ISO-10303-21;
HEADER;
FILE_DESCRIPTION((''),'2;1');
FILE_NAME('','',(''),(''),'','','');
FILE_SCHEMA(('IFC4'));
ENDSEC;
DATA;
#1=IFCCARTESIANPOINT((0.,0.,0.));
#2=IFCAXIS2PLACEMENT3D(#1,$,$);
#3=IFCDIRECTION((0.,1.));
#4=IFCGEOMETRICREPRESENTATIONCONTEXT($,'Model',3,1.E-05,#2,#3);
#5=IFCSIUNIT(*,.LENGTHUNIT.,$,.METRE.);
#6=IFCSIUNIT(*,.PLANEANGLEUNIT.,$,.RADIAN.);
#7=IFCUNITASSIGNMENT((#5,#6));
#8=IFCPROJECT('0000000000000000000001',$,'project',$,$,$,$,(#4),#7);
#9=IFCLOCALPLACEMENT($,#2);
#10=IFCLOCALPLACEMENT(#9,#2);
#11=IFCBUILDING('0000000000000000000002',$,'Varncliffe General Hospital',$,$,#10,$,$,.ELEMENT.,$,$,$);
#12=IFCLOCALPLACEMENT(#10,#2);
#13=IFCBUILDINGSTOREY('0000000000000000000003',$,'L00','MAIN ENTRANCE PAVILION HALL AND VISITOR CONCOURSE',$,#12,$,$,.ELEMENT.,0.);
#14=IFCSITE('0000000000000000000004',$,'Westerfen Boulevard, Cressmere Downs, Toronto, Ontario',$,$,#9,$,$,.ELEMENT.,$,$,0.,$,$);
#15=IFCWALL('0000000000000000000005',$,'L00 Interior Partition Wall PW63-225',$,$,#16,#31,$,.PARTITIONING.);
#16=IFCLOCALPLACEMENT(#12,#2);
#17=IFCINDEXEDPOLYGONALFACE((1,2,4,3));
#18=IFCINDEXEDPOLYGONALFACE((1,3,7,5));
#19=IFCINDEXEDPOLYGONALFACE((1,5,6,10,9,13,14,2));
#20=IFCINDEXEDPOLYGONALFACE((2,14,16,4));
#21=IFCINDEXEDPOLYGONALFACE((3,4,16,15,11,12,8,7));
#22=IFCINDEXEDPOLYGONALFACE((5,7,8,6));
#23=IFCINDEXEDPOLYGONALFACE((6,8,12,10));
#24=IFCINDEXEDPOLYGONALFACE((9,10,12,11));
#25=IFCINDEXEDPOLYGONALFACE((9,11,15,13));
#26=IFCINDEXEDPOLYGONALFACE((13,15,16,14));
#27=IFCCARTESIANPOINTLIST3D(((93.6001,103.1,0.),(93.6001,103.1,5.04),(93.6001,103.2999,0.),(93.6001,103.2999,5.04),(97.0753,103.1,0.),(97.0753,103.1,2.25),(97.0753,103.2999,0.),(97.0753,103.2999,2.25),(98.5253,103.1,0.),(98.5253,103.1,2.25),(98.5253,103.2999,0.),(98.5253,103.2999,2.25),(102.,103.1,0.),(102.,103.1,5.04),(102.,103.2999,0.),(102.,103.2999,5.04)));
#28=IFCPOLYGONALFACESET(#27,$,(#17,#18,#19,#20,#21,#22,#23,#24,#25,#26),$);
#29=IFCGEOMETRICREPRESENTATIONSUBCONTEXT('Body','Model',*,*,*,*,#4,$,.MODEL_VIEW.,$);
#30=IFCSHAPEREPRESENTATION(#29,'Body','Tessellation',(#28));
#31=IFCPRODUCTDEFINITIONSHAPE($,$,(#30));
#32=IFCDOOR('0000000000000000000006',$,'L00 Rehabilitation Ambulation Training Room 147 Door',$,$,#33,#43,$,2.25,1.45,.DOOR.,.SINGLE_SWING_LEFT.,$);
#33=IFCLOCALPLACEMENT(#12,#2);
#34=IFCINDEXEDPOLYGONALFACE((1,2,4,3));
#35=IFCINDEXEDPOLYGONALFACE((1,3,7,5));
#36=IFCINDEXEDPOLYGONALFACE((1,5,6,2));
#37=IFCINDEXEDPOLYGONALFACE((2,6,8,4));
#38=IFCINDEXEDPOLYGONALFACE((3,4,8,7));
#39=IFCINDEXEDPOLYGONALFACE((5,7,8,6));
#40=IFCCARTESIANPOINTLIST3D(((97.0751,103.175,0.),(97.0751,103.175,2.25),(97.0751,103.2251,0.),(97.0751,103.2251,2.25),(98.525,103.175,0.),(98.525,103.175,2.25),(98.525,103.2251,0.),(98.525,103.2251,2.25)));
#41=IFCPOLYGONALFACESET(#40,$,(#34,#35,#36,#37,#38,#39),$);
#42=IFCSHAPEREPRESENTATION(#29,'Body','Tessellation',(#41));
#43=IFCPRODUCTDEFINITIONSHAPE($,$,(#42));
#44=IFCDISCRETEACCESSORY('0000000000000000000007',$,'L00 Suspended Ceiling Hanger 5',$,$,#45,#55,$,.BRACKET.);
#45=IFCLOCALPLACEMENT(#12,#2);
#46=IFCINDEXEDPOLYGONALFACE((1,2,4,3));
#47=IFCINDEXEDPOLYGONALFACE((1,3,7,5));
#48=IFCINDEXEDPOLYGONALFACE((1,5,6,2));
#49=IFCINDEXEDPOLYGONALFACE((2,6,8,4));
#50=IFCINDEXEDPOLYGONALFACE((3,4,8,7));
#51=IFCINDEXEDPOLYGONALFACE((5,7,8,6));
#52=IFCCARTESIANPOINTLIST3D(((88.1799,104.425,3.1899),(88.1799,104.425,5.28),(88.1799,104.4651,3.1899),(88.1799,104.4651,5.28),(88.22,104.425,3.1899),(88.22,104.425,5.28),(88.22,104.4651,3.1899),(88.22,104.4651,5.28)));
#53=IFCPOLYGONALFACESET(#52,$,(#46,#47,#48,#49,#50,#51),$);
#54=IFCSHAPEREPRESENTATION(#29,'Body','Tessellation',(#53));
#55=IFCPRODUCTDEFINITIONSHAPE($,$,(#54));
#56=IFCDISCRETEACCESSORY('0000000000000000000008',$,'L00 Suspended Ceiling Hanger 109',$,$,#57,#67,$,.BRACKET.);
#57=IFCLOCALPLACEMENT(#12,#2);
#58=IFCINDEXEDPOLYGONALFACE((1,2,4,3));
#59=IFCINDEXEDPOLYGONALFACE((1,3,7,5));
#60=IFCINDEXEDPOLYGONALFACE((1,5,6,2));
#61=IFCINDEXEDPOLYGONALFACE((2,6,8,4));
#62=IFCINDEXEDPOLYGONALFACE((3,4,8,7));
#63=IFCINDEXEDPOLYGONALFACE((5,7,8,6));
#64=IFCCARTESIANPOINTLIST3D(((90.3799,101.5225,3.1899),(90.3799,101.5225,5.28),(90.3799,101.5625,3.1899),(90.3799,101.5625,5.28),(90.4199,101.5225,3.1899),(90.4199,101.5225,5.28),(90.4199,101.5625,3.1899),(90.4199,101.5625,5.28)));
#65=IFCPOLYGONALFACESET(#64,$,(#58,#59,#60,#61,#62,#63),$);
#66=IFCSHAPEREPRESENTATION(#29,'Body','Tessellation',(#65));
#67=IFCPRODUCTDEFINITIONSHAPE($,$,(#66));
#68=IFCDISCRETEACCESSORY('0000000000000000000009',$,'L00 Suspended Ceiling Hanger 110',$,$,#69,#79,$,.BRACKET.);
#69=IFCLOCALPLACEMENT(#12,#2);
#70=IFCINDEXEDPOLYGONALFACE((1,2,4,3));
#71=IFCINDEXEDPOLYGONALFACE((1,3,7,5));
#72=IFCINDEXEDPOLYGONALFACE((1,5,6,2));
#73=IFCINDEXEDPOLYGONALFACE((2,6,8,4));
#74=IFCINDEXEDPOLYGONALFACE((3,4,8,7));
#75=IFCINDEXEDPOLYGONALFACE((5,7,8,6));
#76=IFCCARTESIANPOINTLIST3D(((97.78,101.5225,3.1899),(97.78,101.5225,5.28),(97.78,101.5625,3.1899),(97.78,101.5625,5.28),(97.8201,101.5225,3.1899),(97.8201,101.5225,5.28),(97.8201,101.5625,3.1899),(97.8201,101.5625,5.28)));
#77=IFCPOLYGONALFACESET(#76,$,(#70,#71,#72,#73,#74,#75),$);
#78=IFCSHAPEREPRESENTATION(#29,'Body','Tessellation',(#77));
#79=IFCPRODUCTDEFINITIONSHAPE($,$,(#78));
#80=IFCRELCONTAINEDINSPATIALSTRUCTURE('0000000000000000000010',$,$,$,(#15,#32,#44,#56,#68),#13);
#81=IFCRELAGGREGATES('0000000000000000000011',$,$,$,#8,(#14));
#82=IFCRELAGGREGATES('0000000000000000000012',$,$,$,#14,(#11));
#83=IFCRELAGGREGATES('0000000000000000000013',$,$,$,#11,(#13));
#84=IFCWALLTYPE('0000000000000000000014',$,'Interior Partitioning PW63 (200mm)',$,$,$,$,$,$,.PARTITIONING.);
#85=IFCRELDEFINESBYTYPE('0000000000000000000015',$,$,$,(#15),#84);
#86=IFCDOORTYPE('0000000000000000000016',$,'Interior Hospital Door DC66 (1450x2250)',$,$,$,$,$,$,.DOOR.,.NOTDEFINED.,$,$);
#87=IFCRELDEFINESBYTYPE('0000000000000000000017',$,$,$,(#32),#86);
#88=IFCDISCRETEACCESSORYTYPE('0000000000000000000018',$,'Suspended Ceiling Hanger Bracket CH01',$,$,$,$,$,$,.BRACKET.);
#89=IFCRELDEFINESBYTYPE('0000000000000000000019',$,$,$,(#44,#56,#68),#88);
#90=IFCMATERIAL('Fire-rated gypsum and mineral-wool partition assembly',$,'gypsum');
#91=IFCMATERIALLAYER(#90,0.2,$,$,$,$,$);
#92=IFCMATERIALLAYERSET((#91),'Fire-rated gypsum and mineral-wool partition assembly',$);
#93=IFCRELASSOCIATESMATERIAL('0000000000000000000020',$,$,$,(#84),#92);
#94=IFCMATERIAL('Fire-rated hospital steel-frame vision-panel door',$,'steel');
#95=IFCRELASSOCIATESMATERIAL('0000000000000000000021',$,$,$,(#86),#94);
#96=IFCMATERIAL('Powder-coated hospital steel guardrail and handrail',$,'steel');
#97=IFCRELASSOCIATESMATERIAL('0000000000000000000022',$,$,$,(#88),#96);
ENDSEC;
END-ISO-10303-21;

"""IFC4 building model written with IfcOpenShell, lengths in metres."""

from ifc_helpers import new_model, si_unit, direction, frame, frame_2d, origin, origin_2d, place, context, subcontext, project, spatial, rectangle, extrude, material, layer, layer_set, type_object, element, fill, save


model = new_model("IFC4")

# Units and contexts
model_context = context("Model", 3, precision=1e-05, world=origin(), true_north=direction((0.0, 1.0)))
body_context = subcontext(model_context, "Body", "Model", "MODEL_VIEW")
ifc_project = project(units=[si_unit("LENGTHUNIT", "METRE"), si_unit("PLANEANGLEUNIT", "RADIAN")], contexts=[model_context])

# Site, building, storey
site_placement = place(None, origin())
site = spatial("IfcSite", under=ifc_project, at=site_placement, Name="Westerfen Boulevard, Cressmere Downs, Toronto, Ontario", CompositionType="ELEMENT", RefElevation=0.0)
building_placement = place(site_placement, origin())
building = spatial("IfcBuilding", under=site, at=building_placement, Name="Varncliffe General Hospital", CompositionType="ELEMENT")
storey_placement = place(building_placement, origin())
storey = spatial("IfcBuildingStorey", under=building, at=storey_placement, Name="L00", Description="MAIN ENTRANCE PAVILION HALL AND VISITOR CONCOURSE", CompositionType="ELEMENT", Elevation=0.0)

# Shared definitions
ifc_material_1 = material(Name="Fire-rated gypsum and mineral-wool partition assembly", Category="gypsum")
ifc_material_2 = material(Name="Fire-rated hospital steel-frame vision-panel door", Category="steel")

# Wall, opening, door
ifc_layer_1 = layer(ifc_material_1, 0.2)
ifc_layer_set_1 = layer_set([ifc_layer_1], Name="Fire-rated gypsum and mineral-wool partition assembly")
wall_type_1 = type_object("IfcWallType", Name="Interior Partitioning PW63 (200mm)", PredefinedType="PARTITIONING", material=ifc_layer_set_1)
wall_1_placement = place(storey_placement, frame((93.6001, 103.2, 0.0), z_axis=(0.0, 0.0, 1.0), x_axis=(1.0, 0.0, 0.0)))
wall_1 = element("IfcWall", 1, at=wall_1_placement, inside=storey, type_object=wall_type_1, Name="L00 Interior Partition Wall PW63-225", PredefinedType="PARTITIONING", context=body_context, shape_type="SweptSolid", body=[
    extrude(rectangle(XDim=8.3999, YDim=0.2, at=frame_2d((4.2, 0.0))), origin(), (0.0, 0.0, 1.0), 5.04),
])
opening_1_placement = place(wall_1_placement, frame((3.4751, 0.0, 0.0)))
opening_1 = element("IfcOpeningElement", 2, at=opening_1_placement, cuts=wall_1, PredefinedType="OPENING", context=body_context, shape_type="SweptSolid", body=[
    extrude(rectangle(XDim=1.45, YDim=2.25, at=frame_2d((0.7251, 1.125))), frame((0.0, 0.1099, 0.0), z_axis=(0.0, -1.0, 0.0), x_axis=(1.0, 0.0, 0.0)), (0.0, 0.0, 1.0), 0.22),
])
door_type_1 = type_object("IfcDoorType", Name="Interior Hospital Door DC66 (1450x2250)", OperationType="NOTDEFINED", PredefinedType="DOOR", material=ifc_material_2)
door_1_placement = place(opening_1_placement, frame((1.45, 0.0, 0.0), z_axis=(0.0, 0.0, 1.0), x_axis=(-1.0, 0.0, 0.0)))
door_1 = element("IfcDoor", 3, at=door_1_placement, inside=storey, type_object=door_type_1, Name="L00 Rehabilitation Ambulation Training Room 147 Door", OperationType="SINGLE_SWING_LEFT", OverallHeight=2.25, OverallWidth=1.45, PredefinedType="DOOR", context=body_context, shape_type="SweptSolid", body=[
    extrude(rectangle(XDim=1.45, YDim=2.25, at=frame_2d((0.7251, 1.125))), frame((0.0, 0.0249, 0.0), z_axis=(0.0, -1.0, 0.0), x_axis=(1.0, 0.0, 0.0)), (0.0, 0.0, 1.0), 0.05),
])
fill(opening_1, door_1)

# Discrete accessories
ifc_material_3 = material(Name="Powder-coated hospital steel guardrail and handrail", Category="steel")
discrete_accessory_type = type_object("IfcDiscreteAccessoryType", Name="Suspended Ceiling Hanger Bracket CH01", PredefinedType="BRACKET", material=ifc_material_3)
for number, where, z_axis, x_axis, name in (
    (4, (88.2, 104.4451, 3.1899), (0.0, 0.0, 1.0), (1.0, 0.0, 0.0), "L00 Suspended Ceiling Hanger 5"),
    (5, (90.3999, 101.5425, 3.1899), (0.0, 0.0, 1.0), (1.0, 0.0, 0.0), "L00 Suspended Ceiling Hanger 109"),
    (6, (97.8, 101.5425, 3.1899), (0.0, 0.0, 1.0), (1.0, 0.0, 0.0), "L00 Suspended Ceiling Hanger 110"),
):
    element("IfcDiscreteAccessory", number, at=place(storey_placement, frame(where, z_axis=z_axis, x_axis=x_axis)), inside=storey, type_object=discrete_accessory_type, Name=name, PredefinedType="BRACKET", context=body_context, shape_type="SweptSolid", body=[
        extrude(rectangle(XDim=0.04, YDim=0.04, at=origin_2d()), origin(), (0.0, 0.0, 1.0), 2.0901),
    ])

save(model, "model.ifc")
